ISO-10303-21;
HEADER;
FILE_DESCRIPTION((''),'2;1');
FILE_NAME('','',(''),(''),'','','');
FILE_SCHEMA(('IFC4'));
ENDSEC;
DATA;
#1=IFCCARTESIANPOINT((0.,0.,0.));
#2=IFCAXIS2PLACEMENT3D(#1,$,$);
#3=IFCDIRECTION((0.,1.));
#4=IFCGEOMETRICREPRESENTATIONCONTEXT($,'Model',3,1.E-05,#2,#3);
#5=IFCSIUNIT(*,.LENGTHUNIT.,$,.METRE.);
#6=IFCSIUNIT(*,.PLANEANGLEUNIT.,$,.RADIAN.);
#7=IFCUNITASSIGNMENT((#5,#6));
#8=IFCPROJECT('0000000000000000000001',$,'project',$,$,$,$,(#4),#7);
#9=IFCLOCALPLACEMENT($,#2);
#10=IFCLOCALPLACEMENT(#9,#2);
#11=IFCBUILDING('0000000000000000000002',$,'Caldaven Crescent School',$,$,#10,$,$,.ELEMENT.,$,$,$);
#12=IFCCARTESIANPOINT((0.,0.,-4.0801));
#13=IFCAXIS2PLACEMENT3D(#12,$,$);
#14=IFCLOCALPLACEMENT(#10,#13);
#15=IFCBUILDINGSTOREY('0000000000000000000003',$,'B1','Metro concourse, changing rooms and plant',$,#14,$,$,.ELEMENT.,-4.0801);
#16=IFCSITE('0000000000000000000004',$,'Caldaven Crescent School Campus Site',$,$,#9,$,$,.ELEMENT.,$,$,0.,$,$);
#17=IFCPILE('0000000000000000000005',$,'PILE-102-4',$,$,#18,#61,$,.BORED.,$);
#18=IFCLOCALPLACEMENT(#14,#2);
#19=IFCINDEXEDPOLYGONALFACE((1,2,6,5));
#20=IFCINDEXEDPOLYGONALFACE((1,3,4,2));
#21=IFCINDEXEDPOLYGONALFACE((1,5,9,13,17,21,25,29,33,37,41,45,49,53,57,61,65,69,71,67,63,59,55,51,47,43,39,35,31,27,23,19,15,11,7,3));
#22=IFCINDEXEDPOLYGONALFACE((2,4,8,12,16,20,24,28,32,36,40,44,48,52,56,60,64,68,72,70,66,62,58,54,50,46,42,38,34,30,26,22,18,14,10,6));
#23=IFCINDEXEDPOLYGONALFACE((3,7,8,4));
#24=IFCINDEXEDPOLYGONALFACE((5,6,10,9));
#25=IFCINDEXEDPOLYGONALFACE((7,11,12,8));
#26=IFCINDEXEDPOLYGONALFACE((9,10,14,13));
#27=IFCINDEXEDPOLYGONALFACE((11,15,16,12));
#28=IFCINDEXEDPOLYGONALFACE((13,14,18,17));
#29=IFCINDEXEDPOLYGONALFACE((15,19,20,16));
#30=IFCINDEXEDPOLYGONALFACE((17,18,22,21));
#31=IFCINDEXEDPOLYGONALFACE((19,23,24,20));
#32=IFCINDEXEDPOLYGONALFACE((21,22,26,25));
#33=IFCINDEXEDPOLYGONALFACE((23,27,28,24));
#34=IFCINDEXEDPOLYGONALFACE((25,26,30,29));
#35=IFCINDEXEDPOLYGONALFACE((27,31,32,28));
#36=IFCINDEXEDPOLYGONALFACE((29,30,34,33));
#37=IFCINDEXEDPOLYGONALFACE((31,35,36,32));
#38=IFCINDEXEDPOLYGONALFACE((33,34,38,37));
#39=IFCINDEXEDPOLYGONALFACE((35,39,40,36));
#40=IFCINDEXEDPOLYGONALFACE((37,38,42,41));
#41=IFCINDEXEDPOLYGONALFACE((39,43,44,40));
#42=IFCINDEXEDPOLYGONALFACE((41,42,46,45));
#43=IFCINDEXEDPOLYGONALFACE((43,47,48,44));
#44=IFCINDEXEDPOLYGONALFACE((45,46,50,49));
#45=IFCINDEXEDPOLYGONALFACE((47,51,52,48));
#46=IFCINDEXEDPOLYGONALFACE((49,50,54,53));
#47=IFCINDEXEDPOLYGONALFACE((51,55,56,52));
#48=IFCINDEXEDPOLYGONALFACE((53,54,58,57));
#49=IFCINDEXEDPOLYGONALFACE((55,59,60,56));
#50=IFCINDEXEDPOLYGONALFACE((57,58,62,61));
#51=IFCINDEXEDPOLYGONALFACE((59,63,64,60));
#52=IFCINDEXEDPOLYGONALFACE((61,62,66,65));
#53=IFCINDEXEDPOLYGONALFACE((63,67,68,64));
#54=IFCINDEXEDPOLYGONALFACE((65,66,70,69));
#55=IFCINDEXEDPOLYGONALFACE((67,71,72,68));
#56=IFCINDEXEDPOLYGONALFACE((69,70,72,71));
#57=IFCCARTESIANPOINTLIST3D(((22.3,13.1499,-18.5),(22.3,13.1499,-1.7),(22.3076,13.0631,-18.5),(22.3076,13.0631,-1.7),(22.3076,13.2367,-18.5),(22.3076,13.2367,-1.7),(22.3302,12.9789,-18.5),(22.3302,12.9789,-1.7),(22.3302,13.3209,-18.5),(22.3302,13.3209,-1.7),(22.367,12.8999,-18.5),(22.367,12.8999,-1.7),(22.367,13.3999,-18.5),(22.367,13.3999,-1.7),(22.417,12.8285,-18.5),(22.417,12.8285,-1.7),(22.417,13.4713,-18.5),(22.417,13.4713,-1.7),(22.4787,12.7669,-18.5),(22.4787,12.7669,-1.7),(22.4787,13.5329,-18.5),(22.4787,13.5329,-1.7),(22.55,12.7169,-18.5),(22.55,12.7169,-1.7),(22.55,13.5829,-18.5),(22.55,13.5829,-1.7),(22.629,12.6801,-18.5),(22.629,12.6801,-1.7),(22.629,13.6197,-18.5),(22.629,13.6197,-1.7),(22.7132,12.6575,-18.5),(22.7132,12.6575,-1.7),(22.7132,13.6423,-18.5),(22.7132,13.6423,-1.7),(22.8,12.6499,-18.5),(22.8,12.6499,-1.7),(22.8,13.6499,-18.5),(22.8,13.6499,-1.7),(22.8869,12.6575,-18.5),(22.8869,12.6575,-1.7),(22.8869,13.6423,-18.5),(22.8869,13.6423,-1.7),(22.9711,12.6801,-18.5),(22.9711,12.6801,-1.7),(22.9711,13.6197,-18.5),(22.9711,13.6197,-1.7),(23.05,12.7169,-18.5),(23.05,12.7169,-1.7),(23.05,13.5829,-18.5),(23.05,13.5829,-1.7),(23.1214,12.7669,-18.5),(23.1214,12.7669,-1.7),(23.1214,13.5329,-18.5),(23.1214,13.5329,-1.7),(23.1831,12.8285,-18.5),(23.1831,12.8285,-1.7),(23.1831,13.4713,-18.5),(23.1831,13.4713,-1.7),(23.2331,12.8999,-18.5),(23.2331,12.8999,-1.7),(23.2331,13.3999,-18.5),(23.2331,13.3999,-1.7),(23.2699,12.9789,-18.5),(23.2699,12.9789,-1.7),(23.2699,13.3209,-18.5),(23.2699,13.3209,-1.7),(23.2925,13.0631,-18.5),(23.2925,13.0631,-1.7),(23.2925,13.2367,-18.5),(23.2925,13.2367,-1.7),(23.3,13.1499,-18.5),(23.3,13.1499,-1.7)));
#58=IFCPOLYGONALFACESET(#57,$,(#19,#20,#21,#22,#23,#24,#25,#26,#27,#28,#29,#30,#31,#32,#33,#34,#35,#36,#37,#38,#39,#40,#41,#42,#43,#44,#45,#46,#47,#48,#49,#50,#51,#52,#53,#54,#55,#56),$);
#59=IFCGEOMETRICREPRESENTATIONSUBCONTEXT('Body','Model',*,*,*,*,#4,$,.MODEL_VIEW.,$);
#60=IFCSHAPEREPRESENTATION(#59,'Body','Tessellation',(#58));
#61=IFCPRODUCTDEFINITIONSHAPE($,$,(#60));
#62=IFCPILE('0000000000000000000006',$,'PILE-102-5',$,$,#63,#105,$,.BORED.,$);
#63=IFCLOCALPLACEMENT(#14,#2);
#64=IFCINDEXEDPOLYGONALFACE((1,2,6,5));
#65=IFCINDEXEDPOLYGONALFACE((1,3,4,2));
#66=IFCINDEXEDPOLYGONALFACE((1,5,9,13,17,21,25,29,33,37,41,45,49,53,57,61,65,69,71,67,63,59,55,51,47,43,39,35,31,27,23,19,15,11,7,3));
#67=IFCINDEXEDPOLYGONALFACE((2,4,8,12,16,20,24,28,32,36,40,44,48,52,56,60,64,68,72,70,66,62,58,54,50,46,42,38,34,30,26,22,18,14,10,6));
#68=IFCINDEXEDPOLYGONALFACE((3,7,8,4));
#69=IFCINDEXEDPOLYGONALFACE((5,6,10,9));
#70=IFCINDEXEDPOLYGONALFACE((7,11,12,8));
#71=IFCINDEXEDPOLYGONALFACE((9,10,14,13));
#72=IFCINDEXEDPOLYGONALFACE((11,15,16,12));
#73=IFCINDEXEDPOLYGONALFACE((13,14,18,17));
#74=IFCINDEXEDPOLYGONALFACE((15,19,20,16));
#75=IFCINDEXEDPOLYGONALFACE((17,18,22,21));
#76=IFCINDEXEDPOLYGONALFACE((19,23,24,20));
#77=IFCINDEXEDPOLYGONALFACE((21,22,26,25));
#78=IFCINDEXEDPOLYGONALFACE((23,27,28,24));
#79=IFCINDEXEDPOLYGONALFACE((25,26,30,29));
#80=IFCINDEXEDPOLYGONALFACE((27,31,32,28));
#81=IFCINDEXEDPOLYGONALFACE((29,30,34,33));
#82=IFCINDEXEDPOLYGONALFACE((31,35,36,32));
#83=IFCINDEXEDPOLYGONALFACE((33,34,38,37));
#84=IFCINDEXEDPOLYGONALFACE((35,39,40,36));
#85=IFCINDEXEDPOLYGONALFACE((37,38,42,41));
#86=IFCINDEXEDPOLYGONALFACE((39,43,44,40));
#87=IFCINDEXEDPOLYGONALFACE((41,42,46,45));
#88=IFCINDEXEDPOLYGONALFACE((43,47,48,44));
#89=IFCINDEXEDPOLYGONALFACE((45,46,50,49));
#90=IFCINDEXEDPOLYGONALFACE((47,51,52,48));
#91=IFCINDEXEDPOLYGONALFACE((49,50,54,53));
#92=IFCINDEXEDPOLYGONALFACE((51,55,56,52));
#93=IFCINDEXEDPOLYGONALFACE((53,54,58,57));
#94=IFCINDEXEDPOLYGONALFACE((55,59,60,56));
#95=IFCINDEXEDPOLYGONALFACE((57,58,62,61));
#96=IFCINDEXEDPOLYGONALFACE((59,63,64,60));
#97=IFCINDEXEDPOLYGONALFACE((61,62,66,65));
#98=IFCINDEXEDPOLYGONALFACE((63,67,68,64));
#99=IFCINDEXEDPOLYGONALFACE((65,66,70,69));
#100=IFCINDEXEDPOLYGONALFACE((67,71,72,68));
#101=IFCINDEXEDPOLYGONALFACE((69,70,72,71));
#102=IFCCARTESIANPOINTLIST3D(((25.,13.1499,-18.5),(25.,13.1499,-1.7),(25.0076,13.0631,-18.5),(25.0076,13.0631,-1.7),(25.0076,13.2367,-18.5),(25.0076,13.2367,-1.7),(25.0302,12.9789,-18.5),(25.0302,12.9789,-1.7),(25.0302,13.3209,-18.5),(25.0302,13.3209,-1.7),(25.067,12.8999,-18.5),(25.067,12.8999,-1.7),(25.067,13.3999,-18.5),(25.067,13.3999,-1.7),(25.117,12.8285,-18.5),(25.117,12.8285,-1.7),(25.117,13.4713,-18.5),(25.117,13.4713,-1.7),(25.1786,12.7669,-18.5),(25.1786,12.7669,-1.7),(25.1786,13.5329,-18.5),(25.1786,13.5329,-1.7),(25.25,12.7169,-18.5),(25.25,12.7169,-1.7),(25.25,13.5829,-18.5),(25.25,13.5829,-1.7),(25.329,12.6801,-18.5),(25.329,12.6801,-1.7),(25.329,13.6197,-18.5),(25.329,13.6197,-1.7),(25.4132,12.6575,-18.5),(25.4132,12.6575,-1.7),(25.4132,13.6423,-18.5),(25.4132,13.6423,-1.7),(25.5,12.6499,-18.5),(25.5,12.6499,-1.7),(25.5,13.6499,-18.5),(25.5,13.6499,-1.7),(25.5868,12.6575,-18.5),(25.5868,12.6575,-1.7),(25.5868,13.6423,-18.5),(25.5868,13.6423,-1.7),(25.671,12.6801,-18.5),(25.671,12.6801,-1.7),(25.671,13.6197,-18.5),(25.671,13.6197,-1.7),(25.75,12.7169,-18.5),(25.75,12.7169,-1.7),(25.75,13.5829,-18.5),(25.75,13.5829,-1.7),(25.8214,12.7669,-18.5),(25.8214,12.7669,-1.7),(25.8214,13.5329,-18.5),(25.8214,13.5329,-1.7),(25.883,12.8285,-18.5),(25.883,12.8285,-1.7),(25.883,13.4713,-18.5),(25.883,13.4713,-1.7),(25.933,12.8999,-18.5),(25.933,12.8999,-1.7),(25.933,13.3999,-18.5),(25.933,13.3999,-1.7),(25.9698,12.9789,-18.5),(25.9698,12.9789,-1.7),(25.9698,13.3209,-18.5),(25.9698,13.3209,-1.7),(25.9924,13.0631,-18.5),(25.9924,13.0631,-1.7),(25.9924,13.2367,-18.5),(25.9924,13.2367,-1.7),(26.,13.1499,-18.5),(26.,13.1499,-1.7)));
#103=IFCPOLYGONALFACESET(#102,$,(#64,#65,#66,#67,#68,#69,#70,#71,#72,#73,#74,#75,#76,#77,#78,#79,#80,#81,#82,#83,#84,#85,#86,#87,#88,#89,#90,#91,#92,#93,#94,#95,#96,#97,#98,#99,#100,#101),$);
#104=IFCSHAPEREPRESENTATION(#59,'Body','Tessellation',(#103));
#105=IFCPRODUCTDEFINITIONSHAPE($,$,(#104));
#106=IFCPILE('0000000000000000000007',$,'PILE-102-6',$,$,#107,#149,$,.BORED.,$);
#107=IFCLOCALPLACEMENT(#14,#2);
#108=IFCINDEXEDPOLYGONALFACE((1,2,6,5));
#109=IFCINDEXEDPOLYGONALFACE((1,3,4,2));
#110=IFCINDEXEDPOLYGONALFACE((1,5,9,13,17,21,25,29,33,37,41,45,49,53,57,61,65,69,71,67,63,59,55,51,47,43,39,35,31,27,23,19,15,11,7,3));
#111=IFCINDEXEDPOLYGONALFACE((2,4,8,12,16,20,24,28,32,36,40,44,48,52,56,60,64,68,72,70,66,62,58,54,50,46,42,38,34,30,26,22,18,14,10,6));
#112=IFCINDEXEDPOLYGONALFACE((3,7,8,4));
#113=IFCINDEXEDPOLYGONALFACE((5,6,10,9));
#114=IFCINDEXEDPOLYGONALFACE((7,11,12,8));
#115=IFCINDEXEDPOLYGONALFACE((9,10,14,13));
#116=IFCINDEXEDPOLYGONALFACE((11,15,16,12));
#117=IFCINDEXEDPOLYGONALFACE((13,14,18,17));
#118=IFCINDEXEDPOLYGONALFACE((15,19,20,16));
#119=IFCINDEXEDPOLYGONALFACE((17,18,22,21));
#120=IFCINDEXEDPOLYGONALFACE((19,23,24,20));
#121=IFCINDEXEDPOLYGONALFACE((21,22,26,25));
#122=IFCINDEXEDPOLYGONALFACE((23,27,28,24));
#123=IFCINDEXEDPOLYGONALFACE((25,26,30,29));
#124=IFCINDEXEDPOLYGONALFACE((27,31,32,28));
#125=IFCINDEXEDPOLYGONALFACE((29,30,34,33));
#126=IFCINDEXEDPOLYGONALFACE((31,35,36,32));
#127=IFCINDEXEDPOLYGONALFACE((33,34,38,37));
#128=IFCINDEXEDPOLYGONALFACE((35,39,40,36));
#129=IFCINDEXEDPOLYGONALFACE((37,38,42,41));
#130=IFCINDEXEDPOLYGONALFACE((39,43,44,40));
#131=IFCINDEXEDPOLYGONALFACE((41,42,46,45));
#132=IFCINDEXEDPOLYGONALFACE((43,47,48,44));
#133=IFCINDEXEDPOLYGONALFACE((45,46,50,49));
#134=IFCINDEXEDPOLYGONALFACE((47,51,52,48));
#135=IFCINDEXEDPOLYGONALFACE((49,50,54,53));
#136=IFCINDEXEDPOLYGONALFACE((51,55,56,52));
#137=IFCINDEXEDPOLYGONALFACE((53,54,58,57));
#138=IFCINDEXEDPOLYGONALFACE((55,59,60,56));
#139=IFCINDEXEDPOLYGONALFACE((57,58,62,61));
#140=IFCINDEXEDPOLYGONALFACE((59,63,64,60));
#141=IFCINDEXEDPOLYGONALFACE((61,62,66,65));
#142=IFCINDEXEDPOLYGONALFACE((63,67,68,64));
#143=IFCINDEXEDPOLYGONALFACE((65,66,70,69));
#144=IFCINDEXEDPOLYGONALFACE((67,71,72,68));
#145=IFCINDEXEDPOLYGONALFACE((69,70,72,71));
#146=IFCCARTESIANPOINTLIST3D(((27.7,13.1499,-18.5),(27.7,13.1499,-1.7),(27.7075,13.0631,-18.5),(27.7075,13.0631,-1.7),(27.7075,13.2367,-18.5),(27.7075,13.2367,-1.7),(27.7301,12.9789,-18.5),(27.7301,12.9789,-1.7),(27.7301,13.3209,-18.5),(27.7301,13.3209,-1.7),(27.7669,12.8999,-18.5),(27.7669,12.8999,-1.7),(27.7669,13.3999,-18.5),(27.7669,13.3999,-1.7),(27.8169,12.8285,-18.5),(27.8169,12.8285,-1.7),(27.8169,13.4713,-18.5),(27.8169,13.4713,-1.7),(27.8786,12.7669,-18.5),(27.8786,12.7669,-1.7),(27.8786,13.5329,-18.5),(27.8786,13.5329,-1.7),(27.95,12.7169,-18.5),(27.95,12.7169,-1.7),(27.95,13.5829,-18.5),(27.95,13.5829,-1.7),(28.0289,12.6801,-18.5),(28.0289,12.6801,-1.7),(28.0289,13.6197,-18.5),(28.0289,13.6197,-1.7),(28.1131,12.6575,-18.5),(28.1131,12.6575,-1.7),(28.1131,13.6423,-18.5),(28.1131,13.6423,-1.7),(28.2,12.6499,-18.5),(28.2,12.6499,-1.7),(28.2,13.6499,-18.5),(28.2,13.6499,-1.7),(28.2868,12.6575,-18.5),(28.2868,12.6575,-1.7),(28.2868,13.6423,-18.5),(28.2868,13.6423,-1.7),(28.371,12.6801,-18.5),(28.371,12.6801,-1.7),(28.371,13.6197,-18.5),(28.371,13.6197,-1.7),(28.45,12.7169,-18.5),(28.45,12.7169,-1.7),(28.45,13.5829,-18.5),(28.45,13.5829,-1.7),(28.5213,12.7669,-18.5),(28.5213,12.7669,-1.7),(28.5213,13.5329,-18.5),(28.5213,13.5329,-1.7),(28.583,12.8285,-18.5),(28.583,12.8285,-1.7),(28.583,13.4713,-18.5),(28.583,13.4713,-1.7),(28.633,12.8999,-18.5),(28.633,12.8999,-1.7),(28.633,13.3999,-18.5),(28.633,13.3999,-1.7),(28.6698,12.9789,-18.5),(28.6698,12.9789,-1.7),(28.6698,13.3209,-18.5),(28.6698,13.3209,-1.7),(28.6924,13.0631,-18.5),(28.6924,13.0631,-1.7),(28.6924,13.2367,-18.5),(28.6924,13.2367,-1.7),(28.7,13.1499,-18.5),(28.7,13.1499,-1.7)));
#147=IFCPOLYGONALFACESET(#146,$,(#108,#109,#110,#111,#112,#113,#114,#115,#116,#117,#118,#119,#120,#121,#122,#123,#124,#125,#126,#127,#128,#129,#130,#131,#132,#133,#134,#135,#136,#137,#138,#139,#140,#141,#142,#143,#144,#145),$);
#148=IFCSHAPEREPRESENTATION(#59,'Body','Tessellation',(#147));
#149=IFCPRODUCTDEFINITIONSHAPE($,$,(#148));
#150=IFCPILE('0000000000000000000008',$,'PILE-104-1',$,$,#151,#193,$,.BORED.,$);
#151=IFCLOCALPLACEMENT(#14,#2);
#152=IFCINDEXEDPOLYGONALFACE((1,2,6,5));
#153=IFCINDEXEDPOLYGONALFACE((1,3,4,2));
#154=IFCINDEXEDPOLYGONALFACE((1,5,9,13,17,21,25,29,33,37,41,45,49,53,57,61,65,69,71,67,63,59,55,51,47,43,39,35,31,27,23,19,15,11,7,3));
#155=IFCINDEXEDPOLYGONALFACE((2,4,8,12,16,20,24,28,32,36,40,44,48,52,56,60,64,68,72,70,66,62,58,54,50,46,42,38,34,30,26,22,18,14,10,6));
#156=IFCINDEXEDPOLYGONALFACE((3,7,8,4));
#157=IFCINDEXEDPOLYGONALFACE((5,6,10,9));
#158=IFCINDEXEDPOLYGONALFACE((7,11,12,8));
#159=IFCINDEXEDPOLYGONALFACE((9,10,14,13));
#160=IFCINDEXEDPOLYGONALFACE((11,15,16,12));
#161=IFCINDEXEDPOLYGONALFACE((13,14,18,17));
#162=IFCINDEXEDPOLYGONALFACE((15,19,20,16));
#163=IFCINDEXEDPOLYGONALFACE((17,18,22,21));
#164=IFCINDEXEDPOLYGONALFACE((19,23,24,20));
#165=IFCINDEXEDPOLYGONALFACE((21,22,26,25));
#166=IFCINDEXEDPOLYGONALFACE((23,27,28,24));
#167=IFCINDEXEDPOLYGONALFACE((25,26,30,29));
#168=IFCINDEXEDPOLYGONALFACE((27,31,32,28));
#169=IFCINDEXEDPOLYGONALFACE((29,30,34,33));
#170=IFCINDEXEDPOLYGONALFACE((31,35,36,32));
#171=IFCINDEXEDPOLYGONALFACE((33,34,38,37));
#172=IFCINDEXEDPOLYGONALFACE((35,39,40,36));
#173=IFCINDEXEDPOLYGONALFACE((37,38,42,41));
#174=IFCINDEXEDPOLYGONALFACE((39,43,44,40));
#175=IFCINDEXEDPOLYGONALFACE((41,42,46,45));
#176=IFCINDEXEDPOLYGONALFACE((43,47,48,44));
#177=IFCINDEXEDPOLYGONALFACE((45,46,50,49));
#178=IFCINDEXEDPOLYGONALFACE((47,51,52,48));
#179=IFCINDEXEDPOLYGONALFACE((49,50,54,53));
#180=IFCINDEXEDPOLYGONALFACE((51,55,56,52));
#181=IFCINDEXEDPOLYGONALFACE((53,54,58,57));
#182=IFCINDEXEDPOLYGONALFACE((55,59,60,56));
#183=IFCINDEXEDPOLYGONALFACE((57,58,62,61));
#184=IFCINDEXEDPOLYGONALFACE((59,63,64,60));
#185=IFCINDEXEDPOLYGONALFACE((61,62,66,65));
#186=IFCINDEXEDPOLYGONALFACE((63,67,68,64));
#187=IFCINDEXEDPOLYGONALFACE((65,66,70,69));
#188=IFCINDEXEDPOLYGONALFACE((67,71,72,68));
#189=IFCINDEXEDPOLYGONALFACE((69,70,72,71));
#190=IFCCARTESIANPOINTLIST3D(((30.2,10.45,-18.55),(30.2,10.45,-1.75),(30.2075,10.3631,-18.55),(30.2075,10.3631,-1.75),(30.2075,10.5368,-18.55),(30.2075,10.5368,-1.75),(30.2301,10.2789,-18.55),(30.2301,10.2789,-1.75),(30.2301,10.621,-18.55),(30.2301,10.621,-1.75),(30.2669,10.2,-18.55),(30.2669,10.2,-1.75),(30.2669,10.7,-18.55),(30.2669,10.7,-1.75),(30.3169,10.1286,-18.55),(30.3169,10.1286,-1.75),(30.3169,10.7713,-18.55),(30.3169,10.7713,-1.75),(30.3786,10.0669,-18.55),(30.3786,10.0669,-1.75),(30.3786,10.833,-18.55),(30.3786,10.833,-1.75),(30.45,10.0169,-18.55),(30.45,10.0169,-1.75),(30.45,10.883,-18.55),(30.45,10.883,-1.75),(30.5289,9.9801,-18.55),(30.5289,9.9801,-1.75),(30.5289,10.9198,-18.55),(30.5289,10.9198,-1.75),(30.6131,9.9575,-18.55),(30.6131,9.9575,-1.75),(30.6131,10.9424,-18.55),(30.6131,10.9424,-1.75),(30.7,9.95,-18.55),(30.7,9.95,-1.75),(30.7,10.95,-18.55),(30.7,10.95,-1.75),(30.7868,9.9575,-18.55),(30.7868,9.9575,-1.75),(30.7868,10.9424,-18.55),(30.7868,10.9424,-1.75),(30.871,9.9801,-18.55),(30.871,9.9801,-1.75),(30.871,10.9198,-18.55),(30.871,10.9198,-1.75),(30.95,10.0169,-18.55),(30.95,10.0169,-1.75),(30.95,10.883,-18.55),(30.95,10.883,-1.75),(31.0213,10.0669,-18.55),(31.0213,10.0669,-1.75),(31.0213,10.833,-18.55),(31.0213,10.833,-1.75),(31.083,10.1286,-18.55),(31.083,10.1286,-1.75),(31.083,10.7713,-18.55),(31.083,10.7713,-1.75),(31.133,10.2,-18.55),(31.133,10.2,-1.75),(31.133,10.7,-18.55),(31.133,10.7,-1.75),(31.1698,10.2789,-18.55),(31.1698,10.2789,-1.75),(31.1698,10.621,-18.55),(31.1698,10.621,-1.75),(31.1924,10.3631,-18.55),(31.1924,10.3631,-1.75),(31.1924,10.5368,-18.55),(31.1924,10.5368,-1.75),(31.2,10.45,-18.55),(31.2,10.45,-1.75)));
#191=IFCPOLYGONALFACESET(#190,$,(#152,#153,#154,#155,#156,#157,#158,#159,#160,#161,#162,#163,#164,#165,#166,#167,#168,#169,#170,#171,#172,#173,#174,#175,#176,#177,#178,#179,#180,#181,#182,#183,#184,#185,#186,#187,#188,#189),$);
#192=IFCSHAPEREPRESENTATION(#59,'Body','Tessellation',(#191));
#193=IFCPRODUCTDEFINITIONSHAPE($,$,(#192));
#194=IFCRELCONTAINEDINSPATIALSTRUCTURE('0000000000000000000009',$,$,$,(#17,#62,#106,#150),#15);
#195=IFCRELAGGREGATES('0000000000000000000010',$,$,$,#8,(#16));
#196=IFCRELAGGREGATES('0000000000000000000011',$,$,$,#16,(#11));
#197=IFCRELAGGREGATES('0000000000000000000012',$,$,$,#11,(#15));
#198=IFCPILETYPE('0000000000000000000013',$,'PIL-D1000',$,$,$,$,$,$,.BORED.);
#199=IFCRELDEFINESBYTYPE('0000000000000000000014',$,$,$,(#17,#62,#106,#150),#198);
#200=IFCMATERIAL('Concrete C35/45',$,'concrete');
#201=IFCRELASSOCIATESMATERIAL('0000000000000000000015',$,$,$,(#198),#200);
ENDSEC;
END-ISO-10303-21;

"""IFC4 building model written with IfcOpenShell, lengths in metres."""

from ifc_helpers import new_model, si_unit, direction, frame, origin, origin_2d, place, context, subcontext, project, spatial, circle, extrude, material, material_profile, profile_set, type_object, element, save


model = new_model("IFC4")

# Units and contexts
model_context = context("Model", 3, precision=1e-05, world=origin(), true_north=direction((0.0, 1.0)))
body_context = subcontext(model_context, "Body", "Model", "MODEL_VIEW")
ifc_project = project(units=[si_unit("LENGTHUNIT", "METRE"), si_unit("PLANEANGLEUNIT", "RADIAN")], contexts=[model_context])

# Site, building, storey
site_placement = place(None, origin())
site = spatial("IfcSite", under=ifc_project, at=site_placement, Name="Caldaven Crescent School Campus Site", CompositionType="ELEMENT", RefElevation=0.0)
building_placement = place(site_placement, origin())
building = spatial("IfcBuilding", under=site, at=building_placement, Name="Caldaven Crescent School", CompositionType="ELEMENT")
storey_placement = place(building_placement, frame((0.0, 0.0, -4.0801)))
storey = spatial("IfcBuildingStorey", under=building, at=storey_placement, Name="B1", Description="Metro concourse, changing rooms and plant", CompositionType="ELEMENT", Elevation=-4.0801)

# Shared definitions
ifc_material_1 = material(Name="Concrete C35/45", Category="concrete")

# Piles
ifc_material_profile_1 = material_profile(ifc_material_1, circle(Radius=0.5, at=origin_2d()), Name="PILE D1000")
ifc_profile_set_1 = profile_set([ifc_material_profile_1], Name="Concrete C35/45")
pile_type = type_object("IfcPileType", Name="PIL-D1000", PredefinedType="BORED", material=ifc_profile_set_1)
for number, where, z_axis, x_axis, name in (
    (1, (22.8, 13.1499, -1.7), (0.0, 0.0, -1.0), (1.0, 0.0, 0.0), "PILE-102-4"),
    (2, (25.5, 13.1499, -1.7), (0.0, 0.0, -1.0), (1.0, 0.0, 0.0), "PILE-102-5"),
    (3, (28.2, 13.1499, -1.7), (0.0, 0.0, -1.0), (1.0, 0.0, 0.0), "PILE-102-6"),
    (4, (30.7, 10.45, -1.75), (0.0, 0.0, -1.0), (1.0, 0.0, 0.0), "PILE-104-1"),
):
    element("IfcPile", number, at=place(storey_placement, frame(where, z_axis=z_axis, x_axis=x_axis)), inside=storey, type_object=pile_type, Name=name, PredefinedType="BORED", context=body_context, shape_type="SweptSolid", body=[
        extrude(circle(Radius=0.5, at=origin_2d()), origin(), (0.0, 0.0, 1.0), 16.8),
    ])

save(model, "model.ifc")
